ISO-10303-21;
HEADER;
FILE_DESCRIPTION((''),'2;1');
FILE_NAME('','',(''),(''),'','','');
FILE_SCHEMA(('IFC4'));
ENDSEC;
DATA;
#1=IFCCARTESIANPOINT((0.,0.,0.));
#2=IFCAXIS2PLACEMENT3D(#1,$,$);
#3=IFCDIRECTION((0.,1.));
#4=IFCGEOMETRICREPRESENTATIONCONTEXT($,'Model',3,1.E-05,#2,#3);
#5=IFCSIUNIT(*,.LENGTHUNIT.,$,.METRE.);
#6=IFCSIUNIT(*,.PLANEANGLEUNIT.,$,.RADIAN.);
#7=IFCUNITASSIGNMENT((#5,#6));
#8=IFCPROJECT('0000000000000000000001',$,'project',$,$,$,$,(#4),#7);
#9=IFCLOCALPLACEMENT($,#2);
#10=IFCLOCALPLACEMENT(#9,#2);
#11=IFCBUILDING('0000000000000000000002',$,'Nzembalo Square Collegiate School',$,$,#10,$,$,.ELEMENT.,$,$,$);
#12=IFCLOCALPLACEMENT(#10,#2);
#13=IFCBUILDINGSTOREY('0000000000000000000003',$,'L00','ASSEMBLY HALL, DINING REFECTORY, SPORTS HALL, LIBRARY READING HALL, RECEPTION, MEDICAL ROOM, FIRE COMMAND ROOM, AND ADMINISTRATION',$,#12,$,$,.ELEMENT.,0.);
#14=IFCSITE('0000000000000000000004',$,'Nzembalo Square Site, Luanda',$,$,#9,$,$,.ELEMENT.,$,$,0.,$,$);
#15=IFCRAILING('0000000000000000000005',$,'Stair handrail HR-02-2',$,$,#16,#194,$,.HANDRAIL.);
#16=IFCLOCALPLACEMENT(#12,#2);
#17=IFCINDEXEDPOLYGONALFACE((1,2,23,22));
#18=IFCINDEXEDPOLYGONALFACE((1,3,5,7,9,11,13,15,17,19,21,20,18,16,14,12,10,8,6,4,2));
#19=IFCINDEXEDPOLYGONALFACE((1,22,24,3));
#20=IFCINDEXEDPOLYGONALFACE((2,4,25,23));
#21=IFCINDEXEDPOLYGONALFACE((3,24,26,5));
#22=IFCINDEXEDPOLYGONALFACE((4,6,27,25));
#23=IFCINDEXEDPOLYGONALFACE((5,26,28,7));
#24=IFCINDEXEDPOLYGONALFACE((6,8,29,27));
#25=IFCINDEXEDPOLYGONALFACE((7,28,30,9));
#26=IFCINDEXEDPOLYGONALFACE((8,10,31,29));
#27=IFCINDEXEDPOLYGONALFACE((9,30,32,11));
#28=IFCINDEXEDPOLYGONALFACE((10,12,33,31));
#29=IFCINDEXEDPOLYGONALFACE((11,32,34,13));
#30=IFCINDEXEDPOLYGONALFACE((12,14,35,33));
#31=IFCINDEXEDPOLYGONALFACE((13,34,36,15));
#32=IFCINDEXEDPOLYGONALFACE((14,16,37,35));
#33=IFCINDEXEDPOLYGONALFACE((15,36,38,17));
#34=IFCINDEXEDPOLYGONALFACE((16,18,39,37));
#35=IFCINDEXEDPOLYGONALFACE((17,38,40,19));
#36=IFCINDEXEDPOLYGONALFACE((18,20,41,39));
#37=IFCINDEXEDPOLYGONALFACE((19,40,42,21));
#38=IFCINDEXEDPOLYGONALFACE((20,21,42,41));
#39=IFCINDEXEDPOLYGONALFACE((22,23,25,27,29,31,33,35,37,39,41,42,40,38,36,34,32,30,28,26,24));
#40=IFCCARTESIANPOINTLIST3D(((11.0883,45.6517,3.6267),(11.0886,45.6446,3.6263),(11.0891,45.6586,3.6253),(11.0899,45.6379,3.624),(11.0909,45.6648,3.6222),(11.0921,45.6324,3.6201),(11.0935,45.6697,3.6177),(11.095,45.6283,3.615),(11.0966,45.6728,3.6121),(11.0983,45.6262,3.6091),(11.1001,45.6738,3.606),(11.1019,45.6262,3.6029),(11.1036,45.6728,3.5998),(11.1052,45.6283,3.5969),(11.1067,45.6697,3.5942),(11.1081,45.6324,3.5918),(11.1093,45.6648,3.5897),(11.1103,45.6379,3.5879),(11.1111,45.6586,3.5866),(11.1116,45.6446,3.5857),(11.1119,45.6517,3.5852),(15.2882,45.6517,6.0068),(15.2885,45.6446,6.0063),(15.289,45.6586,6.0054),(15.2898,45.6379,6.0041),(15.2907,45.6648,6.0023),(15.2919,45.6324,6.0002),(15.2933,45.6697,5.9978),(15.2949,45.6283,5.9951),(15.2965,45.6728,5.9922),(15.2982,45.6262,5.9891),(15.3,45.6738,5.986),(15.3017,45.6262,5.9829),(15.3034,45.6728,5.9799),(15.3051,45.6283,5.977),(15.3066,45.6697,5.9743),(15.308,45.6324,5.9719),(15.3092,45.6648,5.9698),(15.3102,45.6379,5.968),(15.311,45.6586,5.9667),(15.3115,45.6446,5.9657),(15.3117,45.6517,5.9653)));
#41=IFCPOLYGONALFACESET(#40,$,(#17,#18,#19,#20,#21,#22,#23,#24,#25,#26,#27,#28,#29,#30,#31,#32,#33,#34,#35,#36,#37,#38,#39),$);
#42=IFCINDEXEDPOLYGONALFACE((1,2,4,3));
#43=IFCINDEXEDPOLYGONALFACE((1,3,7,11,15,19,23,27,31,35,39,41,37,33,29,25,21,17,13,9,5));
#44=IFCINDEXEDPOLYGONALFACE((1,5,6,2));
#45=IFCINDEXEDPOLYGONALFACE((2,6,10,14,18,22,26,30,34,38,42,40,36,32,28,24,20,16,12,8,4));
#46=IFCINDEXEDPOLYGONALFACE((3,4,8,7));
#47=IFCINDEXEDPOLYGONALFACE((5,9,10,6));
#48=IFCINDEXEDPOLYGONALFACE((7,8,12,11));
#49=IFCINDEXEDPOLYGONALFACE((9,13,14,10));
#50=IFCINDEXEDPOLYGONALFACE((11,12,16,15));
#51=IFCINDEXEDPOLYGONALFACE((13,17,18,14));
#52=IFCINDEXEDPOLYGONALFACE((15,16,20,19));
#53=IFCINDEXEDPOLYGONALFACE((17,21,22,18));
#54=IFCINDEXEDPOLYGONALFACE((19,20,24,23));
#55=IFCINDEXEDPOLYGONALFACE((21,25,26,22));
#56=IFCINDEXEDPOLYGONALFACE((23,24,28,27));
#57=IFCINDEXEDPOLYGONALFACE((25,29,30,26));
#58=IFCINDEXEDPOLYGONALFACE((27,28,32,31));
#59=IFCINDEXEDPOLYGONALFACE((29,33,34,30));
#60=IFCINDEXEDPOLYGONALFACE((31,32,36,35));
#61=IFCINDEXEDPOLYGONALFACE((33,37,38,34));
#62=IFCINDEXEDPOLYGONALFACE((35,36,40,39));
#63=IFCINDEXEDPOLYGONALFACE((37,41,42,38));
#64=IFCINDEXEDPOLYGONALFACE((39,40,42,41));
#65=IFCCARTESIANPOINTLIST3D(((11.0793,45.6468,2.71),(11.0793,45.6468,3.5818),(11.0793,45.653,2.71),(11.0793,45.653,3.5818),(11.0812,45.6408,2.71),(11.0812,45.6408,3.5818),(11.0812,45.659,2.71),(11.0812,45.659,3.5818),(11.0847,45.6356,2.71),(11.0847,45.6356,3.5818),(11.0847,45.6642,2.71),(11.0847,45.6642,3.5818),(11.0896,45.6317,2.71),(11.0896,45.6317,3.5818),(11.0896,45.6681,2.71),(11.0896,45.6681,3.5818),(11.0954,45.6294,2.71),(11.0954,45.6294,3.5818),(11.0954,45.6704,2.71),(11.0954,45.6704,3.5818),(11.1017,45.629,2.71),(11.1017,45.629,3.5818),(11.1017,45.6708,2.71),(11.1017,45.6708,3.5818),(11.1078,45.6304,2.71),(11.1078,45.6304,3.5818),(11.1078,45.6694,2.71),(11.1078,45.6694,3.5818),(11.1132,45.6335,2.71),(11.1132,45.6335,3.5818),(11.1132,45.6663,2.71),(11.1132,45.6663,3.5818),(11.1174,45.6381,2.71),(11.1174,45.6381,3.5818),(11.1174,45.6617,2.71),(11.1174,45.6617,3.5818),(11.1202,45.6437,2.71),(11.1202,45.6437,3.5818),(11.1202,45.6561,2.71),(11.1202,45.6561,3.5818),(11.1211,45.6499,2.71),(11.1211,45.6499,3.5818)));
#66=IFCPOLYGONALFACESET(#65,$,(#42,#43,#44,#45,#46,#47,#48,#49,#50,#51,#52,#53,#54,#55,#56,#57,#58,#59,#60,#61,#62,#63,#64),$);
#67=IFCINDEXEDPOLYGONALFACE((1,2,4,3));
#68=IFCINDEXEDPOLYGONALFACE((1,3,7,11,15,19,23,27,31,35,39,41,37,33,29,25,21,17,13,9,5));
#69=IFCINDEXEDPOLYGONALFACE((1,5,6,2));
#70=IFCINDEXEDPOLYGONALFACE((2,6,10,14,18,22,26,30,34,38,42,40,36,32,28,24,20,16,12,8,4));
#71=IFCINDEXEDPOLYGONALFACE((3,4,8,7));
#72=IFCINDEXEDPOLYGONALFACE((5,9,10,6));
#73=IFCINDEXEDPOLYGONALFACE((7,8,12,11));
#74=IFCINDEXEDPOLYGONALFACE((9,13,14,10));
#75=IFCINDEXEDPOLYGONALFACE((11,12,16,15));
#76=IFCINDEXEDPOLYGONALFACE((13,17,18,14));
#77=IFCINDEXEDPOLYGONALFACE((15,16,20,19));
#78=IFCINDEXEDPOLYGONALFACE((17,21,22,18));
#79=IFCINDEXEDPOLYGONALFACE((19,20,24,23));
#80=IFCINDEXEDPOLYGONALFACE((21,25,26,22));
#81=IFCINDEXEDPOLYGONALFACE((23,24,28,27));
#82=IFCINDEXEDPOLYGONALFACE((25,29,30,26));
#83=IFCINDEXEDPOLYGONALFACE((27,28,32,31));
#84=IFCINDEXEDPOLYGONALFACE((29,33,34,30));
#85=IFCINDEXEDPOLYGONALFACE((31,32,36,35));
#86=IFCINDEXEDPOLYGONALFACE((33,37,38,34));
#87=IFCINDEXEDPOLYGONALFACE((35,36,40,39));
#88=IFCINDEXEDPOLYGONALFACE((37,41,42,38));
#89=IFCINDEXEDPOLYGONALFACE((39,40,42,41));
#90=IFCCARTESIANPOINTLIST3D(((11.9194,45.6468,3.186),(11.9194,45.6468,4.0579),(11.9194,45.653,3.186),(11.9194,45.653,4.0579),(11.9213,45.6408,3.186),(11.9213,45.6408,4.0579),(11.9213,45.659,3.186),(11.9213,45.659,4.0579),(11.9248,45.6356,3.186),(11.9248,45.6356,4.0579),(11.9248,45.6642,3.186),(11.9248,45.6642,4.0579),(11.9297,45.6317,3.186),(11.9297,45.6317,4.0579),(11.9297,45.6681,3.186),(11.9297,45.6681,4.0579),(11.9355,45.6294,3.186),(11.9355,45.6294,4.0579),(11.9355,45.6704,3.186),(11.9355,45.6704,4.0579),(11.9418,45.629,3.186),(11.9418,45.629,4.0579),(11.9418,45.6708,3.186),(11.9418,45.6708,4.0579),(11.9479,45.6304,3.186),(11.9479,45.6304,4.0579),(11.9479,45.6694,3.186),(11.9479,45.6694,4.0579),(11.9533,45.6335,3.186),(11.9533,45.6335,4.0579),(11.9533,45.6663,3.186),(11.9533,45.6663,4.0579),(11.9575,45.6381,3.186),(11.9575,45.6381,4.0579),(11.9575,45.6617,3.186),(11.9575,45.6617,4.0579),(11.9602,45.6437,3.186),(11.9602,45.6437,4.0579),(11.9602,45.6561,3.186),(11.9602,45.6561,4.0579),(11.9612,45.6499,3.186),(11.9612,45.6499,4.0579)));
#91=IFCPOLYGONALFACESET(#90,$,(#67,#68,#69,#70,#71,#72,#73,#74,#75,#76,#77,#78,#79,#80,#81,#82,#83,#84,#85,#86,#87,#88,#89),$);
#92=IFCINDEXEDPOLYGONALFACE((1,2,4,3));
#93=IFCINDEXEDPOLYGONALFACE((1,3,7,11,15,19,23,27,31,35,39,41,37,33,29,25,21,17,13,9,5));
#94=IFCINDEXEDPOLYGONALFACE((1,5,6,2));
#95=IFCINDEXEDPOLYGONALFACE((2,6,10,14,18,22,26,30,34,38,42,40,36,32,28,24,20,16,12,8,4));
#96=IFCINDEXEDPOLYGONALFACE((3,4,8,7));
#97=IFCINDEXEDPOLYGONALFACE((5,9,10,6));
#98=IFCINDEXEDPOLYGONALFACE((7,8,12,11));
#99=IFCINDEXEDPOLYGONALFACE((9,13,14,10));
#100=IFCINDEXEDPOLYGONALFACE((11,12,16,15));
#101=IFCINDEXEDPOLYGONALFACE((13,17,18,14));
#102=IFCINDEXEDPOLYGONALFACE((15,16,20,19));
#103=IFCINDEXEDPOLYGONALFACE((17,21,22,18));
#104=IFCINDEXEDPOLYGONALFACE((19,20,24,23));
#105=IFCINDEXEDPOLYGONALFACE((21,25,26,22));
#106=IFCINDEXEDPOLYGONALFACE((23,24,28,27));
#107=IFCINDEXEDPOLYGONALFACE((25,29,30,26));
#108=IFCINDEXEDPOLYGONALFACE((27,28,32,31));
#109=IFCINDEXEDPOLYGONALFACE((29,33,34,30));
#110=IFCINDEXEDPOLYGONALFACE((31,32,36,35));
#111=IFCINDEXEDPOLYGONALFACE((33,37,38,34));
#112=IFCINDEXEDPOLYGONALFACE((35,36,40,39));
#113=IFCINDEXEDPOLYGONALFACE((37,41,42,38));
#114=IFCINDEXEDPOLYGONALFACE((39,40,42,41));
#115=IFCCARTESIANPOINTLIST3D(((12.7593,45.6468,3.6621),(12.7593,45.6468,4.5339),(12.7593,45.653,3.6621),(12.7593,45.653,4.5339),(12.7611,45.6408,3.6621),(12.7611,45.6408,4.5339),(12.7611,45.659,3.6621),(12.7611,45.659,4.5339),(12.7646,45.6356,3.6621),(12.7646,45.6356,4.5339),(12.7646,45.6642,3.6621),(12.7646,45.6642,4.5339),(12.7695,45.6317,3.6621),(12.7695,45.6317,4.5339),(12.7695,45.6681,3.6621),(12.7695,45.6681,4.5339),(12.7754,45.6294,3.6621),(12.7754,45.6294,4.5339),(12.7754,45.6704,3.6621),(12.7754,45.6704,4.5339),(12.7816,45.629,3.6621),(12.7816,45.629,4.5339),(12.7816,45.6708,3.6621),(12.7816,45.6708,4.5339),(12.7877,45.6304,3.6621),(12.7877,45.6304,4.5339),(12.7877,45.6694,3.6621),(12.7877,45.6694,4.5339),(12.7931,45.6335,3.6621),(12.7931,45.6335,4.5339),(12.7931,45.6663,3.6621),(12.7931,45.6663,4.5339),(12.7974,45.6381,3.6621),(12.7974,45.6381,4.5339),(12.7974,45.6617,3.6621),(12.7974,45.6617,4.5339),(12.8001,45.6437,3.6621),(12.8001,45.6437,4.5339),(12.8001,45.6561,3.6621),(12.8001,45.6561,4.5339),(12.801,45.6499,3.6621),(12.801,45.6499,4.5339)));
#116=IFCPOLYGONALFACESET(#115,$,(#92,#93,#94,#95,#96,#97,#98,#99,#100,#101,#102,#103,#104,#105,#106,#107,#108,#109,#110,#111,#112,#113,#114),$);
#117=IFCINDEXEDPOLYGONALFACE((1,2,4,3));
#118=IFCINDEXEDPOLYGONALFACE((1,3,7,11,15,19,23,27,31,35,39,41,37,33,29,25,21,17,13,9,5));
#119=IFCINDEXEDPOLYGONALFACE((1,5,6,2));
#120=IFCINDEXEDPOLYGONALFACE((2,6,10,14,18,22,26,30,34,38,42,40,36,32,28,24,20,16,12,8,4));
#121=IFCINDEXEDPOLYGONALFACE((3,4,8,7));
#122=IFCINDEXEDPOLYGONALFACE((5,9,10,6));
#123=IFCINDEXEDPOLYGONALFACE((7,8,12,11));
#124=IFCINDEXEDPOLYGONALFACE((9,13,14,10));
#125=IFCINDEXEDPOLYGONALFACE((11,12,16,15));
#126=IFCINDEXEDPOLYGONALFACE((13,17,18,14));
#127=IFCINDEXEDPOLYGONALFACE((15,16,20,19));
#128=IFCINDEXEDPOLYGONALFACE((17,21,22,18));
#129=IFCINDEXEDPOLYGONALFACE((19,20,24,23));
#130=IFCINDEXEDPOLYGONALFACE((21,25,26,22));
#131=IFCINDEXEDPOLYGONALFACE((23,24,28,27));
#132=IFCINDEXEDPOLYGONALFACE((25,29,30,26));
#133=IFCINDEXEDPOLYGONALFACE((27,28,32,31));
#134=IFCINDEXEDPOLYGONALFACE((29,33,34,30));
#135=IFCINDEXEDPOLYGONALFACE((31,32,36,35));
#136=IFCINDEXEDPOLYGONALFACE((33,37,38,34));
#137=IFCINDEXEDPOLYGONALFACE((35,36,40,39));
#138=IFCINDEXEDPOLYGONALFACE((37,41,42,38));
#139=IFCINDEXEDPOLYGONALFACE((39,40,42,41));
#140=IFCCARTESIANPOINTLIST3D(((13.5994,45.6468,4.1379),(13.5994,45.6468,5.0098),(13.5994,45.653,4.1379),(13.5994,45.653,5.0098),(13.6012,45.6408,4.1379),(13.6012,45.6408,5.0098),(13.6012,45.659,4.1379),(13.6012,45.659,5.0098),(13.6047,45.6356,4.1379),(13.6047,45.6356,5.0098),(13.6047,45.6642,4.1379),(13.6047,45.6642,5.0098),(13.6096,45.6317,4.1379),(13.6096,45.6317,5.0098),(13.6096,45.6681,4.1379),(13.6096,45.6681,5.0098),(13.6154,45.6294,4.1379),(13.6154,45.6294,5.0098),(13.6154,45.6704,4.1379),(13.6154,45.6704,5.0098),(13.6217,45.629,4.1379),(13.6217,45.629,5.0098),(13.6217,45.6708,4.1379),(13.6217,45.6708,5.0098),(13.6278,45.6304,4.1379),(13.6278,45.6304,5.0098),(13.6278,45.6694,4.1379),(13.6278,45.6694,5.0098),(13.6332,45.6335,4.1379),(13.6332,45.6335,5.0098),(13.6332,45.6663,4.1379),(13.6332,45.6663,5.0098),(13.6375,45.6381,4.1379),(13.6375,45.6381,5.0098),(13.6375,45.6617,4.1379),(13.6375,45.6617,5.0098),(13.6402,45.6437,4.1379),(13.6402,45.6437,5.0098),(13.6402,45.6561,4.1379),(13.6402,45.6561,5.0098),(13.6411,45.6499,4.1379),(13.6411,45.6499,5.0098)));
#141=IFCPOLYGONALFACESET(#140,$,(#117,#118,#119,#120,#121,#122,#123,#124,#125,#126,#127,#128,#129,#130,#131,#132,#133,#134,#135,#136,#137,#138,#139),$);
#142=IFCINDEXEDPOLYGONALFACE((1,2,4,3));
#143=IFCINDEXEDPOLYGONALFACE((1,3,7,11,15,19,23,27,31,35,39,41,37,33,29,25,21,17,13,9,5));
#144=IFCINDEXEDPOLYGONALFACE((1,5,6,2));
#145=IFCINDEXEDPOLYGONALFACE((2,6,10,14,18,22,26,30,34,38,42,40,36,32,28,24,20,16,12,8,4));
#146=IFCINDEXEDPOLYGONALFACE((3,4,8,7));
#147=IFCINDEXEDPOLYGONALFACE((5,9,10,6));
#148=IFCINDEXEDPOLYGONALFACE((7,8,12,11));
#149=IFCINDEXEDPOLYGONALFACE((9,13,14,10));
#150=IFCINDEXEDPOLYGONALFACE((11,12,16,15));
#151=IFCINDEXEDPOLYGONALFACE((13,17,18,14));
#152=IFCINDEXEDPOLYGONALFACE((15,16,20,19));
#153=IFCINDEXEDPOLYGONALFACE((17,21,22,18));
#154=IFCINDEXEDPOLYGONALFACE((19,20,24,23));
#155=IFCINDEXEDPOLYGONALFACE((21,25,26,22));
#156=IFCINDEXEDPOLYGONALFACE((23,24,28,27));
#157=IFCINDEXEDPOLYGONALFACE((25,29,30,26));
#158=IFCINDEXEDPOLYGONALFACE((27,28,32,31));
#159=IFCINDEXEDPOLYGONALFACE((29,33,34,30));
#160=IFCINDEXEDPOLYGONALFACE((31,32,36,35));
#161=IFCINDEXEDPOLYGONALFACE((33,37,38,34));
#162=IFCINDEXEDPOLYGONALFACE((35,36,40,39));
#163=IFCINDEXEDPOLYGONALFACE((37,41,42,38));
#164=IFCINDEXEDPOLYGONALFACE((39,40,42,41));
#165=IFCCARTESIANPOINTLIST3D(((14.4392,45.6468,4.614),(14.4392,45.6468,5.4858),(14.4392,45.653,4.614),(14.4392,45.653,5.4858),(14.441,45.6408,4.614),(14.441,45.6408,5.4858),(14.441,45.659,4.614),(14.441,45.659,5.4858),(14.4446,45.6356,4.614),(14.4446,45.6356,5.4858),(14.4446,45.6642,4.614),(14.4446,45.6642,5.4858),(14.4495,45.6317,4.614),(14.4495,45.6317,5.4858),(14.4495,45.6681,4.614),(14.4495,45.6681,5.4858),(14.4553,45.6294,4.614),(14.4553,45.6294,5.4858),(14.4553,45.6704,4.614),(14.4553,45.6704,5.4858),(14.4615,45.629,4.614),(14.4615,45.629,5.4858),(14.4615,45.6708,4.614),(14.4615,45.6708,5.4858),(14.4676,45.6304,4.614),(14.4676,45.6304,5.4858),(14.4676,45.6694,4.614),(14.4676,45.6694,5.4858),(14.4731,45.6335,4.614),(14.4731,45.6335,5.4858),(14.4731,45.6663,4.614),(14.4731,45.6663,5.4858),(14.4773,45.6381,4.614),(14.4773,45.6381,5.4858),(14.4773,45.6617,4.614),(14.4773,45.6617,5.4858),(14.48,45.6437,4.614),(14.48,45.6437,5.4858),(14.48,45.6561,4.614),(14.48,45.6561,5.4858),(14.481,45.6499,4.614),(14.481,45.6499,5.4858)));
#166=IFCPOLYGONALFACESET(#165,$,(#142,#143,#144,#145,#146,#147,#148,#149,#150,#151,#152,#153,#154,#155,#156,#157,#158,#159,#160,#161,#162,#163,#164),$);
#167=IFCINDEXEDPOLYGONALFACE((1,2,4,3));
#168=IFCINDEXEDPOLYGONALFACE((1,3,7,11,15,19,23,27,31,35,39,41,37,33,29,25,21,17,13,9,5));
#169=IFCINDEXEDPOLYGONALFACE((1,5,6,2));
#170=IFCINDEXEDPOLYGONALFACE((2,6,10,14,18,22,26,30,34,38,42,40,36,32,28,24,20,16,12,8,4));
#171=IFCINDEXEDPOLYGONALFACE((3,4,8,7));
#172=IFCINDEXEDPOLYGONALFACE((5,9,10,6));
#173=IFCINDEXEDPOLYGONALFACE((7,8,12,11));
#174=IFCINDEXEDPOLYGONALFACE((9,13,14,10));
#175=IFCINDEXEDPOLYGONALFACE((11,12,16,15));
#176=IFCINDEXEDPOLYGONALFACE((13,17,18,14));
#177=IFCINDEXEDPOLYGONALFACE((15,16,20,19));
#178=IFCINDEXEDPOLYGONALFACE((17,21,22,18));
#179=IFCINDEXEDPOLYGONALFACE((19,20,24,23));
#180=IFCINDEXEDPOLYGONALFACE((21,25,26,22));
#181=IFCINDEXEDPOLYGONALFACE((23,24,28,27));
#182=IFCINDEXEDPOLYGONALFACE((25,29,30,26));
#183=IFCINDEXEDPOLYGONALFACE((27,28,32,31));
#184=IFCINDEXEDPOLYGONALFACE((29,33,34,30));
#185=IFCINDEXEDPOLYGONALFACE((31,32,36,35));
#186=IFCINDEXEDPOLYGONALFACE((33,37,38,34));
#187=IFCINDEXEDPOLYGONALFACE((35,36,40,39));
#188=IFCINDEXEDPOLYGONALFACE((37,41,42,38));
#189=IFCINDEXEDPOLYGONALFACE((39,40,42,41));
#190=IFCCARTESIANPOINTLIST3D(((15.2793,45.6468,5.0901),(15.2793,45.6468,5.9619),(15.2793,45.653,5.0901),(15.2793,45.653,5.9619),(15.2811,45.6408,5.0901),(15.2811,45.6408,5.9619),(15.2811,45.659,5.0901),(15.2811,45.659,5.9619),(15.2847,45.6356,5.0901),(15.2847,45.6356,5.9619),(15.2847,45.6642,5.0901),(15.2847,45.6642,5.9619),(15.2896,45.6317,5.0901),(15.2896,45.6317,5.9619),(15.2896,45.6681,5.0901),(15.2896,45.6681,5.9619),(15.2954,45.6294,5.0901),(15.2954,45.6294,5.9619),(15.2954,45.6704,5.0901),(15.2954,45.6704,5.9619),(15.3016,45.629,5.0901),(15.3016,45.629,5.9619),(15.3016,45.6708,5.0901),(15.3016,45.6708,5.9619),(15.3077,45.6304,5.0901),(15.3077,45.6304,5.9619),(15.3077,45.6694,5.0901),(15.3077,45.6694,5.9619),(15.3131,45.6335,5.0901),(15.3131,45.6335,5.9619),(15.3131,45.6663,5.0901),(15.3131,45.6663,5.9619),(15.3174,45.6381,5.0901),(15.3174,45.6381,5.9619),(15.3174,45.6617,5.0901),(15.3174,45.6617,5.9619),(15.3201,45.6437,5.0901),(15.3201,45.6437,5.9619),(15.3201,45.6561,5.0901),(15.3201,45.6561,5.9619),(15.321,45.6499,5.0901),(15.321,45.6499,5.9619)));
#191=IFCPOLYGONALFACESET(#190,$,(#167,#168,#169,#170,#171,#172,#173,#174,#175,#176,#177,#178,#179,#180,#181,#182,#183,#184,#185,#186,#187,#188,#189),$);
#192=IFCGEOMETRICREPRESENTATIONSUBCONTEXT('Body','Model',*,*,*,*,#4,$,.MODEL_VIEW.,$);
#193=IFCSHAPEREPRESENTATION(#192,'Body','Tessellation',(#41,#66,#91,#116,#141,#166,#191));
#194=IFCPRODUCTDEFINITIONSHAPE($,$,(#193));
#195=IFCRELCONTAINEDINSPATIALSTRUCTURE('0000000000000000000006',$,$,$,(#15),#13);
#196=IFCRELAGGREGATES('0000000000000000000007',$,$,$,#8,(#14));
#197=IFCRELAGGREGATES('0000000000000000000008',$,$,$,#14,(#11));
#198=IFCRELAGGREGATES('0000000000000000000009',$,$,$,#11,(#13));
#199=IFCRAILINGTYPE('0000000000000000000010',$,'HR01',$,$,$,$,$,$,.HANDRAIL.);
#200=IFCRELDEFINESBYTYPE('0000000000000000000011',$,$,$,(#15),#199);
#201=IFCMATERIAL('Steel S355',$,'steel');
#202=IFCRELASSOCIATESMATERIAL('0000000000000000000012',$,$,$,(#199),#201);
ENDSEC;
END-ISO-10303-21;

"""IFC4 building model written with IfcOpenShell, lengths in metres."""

from ifc_helpers import new_model, si_unit, direction, frame, origin, origin_2d, place, context, subcontext, project, spatial, circle, extrude, material, type_object, element, save


model = new_model("IFC4")

# Units and contexts
model_context = context("Model", 3, precision=1e-05, world=origin(), true_north=direction((0.0, 1.0)))
body_context = subcontext(model_context, "Body", "Model", "MODEL_VIEW")
ifc_project = project(units=[si_unit("LENGTHUNIT", "METRE"), si_unit("PLANEANGLEUNIT", "RADIAN")], contexts=[model_context])

# Site, building, storey
site_placement = place(None, origin())
site = spatial("IfcSite", under=ifc_project, at=site_placement, Name="Nzembalo Square Site, Luanda", CompositionType="ELEMENT", RefElevation=0.0)
building_placement = place(site_placement, origin())
building = spatial("IfcBuilding", under=site, at=building_placement, Name="Nzembalo Square Collegiate School", CompositionType="ELEMENT")
storey_placement = place(building_placement, origin())
storey = spatial("IfcBuildingStorey", under=building, at=storey_placement, Name="L00", Description="ASSEMBLY HALL, DINING REFECTORY, SPORTS HALL, LIBRARY READING HALL, RECEPTION, MEDICAL ROOM, FIRE COMMAND ROOM, AND ADMINISTRATION", CompositionType="ELEMENT", Elevation=0.0)

# Railing
ifc_material_1 = material(Name="Steel S355", Category="steel")
railing_type_1 = type_object("IfcRailingType", Name="HR01", PredefinedType="HANDRAIL", material=ifc_material_1)
railing_1_placement = place(storey_placement, frame((11.1001, 45.6499, 2.71)))
element("IfcRailing", 1, at=railing_1_placement, inside=storey, type_object=railing_type_1, Name="Stair handrail HR-02-2", PredefinedType="HANDRAIL", context=body_context, shape_type="SweptSolid", body=[
    extrude(circle(Radius=0.0239, at=origin_2d()), frame((0.0, 0.0, 0.896), z_axis=(0.870008, 0.0, 0.493037), x_axis=(0.0, 1.0, 0.0)), (0.0, 0.0, 1.0), 4.8274),
    extrude(circle(Radius=0.021, at=origin_2d()), origin(), (0.0, 0.0, 1.0), 0.8718),
    extrude(circle(Radius=0.021, at=origin_2d()), frame((0.8401, 0.0, 0.4761)), (0.0, 0.0, 1.0), 0.8718),
    extrude(circle(Radius=0.021, at=origin_2d()), frame((1.6799, 0.0, 0.9521)), (0.0, 0.0, 1.0), 0.8718),
    extrude(circle(Radius=0.021, at=origin_2d()), frame((2.52, 0.0, 1.428)), (0.0, 0.0, 1.0), 0.8718),
    extrude(circle(Radius=0.021, at=origin_2d()), frame((3.3599, 0.0, 1.9041)), (0.0, 0.0, 1.0), 0.8718),
    extrude(circle(Radius=0.021, at=origin_2d()), frame((4.2, 0.0, 2.3801)), (0.0, 0.0, 1.0), 0.8718),
])

save(model, "model.ifc")
